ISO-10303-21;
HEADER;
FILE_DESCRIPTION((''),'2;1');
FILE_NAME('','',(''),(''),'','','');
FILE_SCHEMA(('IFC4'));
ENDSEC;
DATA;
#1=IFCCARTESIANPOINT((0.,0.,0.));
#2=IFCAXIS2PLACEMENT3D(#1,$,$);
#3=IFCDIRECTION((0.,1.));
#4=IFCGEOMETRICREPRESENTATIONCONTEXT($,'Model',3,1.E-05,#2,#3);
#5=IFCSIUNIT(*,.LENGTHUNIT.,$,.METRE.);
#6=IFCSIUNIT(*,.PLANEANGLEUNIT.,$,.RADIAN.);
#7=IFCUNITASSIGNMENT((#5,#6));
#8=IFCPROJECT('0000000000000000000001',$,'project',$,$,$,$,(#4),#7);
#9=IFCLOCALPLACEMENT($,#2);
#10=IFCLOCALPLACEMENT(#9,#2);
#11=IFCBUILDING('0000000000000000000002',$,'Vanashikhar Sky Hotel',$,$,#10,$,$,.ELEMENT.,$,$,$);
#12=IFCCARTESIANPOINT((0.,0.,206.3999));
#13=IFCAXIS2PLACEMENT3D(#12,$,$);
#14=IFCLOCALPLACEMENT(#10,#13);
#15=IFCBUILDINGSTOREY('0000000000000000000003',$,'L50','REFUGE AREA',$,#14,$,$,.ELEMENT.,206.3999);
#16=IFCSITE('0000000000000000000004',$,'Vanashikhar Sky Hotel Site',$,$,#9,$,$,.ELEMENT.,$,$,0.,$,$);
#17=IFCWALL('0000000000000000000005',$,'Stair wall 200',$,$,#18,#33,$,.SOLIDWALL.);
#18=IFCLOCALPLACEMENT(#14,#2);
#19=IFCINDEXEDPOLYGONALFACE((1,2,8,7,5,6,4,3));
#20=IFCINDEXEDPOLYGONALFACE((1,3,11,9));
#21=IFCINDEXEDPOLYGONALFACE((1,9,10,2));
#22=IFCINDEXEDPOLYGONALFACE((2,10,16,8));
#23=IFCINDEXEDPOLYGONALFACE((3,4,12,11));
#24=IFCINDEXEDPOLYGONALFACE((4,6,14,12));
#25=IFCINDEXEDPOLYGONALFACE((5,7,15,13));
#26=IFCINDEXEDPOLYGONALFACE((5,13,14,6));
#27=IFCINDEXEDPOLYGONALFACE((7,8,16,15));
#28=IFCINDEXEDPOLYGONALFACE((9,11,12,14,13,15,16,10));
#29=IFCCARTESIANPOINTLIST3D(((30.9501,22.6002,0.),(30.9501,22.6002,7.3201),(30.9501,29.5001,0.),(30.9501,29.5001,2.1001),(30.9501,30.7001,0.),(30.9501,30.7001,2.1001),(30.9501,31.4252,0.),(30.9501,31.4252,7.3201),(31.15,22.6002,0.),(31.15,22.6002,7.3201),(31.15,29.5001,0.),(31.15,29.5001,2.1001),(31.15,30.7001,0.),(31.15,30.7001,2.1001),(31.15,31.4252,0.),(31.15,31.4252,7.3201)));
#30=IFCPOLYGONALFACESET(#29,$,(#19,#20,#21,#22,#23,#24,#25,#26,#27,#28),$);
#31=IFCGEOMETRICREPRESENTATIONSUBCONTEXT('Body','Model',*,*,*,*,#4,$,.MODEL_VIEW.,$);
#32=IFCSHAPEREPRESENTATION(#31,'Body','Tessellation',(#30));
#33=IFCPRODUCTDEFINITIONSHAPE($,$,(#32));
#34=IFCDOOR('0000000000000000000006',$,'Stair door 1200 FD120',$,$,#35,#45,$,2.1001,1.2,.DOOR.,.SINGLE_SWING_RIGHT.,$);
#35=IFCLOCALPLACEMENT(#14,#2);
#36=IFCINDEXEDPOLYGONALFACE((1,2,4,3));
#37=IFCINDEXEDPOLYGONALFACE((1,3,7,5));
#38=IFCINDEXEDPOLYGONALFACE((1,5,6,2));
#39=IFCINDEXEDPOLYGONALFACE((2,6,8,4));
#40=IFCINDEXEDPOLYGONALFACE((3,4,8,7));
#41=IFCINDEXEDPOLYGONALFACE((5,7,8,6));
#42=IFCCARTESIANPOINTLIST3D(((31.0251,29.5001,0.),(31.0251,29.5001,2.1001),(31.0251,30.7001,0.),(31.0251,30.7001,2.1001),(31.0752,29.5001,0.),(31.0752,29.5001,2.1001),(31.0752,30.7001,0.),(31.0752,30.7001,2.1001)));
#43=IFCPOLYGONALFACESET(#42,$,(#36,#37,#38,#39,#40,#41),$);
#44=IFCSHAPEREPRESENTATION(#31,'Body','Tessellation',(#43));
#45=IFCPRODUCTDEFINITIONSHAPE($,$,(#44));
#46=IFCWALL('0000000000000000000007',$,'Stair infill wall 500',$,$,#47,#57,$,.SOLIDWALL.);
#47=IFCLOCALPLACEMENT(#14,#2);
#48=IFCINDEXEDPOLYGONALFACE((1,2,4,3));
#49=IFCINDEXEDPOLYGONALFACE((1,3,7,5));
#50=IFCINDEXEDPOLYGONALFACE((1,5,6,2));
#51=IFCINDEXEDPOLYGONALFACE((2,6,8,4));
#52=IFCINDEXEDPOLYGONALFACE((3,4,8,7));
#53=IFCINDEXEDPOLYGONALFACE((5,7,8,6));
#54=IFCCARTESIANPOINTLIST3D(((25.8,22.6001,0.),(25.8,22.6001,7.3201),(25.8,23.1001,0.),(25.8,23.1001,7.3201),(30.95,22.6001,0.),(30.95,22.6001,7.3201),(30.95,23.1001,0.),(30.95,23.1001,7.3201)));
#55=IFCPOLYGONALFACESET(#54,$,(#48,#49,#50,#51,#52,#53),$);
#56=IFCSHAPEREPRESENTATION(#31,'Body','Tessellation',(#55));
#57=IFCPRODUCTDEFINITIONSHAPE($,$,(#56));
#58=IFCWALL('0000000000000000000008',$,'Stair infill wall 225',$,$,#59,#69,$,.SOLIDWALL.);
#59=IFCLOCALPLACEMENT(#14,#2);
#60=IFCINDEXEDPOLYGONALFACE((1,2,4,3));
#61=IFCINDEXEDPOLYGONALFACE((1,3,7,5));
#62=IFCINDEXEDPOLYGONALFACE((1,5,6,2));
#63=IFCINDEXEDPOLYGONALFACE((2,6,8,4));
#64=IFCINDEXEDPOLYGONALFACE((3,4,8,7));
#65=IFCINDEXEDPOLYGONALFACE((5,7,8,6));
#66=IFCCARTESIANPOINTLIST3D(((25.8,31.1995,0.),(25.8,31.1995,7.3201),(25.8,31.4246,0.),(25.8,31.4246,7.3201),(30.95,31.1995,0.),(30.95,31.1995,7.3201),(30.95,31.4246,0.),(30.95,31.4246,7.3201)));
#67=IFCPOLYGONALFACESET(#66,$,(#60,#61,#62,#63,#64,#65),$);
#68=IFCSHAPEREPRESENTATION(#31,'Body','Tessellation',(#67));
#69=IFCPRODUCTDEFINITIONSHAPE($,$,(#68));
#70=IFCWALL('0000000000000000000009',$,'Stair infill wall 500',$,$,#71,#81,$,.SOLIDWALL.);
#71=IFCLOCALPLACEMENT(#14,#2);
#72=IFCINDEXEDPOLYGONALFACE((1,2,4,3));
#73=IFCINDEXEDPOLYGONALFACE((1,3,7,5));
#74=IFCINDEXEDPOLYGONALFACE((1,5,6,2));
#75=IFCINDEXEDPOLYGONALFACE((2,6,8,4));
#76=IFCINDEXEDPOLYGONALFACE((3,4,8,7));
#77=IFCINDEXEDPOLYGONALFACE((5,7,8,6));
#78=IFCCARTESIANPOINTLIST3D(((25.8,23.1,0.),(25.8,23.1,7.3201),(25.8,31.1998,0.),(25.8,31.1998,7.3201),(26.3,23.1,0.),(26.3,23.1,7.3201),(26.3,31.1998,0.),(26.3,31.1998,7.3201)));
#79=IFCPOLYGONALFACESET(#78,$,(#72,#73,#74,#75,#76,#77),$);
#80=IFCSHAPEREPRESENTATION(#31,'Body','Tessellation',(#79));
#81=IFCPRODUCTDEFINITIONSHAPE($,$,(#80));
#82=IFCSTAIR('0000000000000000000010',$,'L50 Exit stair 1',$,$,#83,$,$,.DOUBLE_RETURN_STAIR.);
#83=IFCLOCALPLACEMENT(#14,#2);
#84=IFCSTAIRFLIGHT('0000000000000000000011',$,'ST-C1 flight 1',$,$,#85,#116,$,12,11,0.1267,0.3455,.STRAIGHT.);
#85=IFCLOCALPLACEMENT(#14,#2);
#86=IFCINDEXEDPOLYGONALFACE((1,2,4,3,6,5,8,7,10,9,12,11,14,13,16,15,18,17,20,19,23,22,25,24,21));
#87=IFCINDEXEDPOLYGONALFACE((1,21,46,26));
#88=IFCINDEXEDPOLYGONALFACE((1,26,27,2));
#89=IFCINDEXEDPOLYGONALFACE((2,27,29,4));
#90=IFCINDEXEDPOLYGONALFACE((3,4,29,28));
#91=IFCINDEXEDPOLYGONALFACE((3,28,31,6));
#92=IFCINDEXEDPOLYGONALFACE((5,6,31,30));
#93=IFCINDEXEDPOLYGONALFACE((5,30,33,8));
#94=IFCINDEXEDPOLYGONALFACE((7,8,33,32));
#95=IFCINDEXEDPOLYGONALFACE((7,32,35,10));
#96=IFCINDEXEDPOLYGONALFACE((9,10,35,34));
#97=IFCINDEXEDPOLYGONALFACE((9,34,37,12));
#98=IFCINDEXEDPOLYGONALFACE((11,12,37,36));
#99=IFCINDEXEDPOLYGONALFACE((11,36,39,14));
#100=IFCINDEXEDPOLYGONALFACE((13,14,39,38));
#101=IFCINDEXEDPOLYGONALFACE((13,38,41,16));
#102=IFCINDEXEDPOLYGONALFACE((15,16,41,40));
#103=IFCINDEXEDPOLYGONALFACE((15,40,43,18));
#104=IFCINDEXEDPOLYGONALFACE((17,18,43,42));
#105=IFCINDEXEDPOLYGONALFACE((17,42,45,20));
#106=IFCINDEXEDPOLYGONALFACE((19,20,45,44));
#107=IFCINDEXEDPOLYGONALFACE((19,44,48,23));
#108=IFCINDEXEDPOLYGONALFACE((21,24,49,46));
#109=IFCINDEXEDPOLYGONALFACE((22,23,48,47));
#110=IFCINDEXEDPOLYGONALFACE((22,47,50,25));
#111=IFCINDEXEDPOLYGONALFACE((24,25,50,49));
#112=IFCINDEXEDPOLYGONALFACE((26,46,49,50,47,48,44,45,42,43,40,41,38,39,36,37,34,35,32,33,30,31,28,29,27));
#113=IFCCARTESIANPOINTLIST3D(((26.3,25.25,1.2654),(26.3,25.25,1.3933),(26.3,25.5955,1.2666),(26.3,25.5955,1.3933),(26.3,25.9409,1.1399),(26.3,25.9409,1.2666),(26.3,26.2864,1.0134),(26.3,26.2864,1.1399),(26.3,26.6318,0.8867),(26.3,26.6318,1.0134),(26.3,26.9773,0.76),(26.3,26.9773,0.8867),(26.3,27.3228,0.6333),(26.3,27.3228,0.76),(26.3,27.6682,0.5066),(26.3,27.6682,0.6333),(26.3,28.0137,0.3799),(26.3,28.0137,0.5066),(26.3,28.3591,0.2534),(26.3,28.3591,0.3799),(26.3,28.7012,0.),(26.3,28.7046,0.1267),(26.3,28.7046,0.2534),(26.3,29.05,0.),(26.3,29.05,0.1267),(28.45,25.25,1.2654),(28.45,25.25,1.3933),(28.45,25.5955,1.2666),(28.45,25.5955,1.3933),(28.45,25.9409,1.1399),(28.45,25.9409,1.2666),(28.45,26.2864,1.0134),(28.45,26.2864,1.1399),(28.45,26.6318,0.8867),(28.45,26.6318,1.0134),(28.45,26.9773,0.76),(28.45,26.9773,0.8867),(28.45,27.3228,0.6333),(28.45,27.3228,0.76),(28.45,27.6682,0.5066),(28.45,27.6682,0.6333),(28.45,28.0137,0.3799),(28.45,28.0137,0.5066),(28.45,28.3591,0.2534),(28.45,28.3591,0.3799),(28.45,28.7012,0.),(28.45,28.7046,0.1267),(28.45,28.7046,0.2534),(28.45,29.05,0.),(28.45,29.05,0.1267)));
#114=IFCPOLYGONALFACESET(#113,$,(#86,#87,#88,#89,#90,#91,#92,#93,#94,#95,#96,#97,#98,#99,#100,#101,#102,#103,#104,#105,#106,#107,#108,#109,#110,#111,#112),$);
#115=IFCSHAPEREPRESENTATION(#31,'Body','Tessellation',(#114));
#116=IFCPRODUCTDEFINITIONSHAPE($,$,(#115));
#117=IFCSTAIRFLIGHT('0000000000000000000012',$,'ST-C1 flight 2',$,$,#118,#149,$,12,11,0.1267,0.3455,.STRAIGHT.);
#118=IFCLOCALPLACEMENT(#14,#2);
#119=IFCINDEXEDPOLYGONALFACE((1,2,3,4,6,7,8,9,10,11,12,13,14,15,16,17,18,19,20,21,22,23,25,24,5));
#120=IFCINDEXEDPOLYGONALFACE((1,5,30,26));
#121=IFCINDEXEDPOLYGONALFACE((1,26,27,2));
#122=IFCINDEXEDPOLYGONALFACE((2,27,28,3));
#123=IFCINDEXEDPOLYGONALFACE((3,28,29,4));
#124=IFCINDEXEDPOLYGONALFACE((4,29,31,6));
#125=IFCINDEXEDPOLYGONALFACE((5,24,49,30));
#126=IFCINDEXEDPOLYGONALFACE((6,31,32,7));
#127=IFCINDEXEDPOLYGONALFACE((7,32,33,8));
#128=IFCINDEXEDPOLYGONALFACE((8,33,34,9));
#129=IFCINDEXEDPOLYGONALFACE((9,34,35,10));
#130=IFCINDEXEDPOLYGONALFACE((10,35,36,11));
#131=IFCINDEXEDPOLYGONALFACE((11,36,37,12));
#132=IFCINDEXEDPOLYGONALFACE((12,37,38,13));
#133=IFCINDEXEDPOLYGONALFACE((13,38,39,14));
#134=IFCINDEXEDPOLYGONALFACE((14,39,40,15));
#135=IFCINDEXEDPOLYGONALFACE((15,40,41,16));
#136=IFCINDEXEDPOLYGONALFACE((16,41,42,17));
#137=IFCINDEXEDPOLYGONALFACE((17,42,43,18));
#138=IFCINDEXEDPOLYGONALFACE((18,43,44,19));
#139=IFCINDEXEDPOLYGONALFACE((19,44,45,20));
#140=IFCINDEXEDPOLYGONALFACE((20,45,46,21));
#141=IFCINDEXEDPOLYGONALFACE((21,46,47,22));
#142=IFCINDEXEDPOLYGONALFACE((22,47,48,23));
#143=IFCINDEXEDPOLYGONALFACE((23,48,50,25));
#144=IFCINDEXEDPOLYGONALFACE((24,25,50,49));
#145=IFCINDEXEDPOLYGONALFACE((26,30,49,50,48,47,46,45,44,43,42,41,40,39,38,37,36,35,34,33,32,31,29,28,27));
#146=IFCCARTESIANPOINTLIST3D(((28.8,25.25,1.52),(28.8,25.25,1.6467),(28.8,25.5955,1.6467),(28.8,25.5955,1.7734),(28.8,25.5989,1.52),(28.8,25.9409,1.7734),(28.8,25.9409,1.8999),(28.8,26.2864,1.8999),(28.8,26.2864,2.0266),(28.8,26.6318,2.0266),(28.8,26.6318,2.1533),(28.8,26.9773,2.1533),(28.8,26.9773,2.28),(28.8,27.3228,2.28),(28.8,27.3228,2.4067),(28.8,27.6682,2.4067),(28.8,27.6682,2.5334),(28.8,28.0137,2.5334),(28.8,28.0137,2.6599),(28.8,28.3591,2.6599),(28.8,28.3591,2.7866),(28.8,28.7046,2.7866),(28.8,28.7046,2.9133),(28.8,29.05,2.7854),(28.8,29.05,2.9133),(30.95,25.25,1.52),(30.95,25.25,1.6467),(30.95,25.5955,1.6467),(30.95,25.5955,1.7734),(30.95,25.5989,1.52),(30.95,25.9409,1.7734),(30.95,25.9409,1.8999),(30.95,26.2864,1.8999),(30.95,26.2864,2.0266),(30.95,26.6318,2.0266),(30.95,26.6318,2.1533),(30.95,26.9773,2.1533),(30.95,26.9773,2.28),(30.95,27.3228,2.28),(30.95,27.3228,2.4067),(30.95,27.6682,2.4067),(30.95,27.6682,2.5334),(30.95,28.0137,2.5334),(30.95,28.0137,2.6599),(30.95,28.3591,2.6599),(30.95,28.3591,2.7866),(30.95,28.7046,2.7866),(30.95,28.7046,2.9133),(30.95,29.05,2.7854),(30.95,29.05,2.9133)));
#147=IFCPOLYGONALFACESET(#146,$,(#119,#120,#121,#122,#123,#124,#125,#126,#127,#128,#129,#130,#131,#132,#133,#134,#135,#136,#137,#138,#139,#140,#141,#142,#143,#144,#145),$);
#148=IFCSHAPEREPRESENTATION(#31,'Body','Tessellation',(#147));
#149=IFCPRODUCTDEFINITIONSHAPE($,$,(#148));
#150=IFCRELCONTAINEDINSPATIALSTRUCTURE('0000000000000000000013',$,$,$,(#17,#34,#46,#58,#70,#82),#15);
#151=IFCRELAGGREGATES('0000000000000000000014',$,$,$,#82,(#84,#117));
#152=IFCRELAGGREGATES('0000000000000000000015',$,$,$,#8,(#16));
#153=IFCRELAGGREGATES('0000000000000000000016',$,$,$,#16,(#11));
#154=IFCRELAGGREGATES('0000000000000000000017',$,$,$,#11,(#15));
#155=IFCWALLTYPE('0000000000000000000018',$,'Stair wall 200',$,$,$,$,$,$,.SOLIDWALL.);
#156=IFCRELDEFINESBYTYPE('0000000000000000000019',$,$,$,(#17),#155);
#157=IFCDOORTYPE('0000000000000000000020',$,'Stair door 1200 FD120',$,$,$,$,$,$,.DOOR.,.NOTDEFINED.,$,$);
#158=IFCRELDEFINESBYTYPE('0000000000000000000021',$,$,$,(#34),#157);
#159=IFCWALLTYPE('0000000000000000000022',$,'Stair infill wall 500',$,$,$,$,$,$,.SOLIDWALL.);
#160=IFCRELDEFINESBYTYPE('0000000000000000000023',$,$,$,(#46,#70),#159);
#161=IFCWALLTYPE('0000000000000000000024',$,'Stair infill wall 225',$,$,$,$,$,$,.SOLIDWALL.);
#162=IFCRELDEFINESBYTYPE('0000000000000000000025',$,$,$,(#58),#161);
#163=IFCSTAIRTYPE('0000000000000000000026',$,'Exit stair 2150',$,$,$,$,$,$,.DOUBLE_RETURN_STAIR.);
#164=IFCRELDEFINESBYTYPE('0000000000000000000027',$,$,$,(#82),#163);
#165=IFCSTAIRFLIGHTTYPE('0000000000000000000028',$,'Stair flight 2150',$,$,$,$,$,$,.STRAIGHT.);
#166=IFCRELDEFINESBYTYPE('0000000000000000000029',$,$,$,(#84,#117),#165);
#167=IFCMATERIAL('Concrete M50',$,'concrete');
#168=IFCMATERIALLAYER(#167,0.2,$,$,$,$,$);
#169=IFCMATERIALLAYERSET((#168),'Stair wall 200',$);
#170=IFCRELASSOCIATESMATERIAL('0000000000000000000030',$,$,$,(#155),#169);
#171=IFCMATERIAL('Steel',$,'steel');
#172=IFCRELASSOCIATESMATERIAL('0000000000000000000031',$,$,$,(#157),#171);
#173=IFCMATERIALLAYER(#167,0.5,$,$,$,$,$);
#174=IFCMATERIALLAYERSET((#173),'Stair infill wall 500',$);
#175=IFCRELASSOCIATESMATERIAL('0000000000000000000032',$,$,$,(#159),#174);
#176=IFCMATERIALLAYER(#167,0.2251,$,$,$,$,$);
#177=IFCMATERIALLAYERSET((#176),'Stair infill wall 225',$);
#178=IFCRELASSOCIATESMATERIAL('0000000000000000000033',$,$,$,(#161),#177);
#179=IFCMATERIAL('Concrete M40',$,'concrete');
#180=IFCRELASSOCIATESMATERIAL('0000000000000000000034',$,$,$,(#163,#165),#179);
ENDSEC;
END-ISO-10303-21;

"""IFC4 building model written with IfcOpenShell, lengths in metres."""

from ifc_helpers import new_model, si_unit, direction, frame, frame_2d, origin, place, context, subcontext, project, spatial, polyline, rectangle, outline, extrude, source, transform, mapped, material, layer, layer_set, type_object, element, fill, aggregate, save


model = new_model("IFC4")

# Units and contexts
model_context = context("Model", 3, precision=1e-05, world=origin(), true_north=direction((0.0, 1.0)))
body_context = subcontext(model_context, "Body", "Model", "MODEL_VIEW")
ifc_project = project(units=[si_unit("LENGTHUNIT", "METRE"), si_unit("PLANEANGLEUNIT", "RADIAN")], contexts=[model_context])

# Site, building, storey
site_placement = place(None, origin())
site = spatial("IfcSite", under=ifc_project, at=site_placement, Name="Vanashikhar Sky Hotel Site", CompositionType="ELEMENT", RefElevation=0.0)
building_placement = place(site_placement, origin())
building = spatial("IfcBuilding", under=site, at=building_placement, Name="Vanashikhar Sky Hotel", CompositionType="ELEMENT")
storey_placement = place(building_placement, frame((0.0, 0.0, 206.3999)))
storey = spatial("IfcBuildingStorey", under=building, at=storey_placement, Name="L50", Description="REFUGE AREA", CompositionType="ELEMENT", Elevation=206.3999)

# Shared definitions
ifc_material_1 = material(Name="Steel", Category="steel")

# Shared definitions
ifc_material_2 = material(Name="Concrete M40", Category="concrete")

# Wall, opening, door
ifc_material_3 = material(Name="Concrete M50", Category="concrete")
ifc_layer_1 = layer(ifc_material_3, 0.2)
ifc_layer_set_1 = layer_set([ifc_layer_1], Name="Stair wall 200")
wall_type_1 = type_object("IfcWallType", Name="Stair wall 200", PredefinedType="SOLIDWALL", material=ifc_layer_set_1)
shared_shape_1 = source(origin(), body_context, "Body", "SweptSolid", [
    extrude(rectangle(XDim=8.825, YDim=0.2, at=frame_2d((4.4126, 0.0))), origin(), (0.0, 0.0, 1.0), 7.3201),
])
wall_1_placement = place(storey_placement, frame((31.05, 22.6001, 0.0), z_axis=(0.0, 0.0, 1.0), x_axis=(0.0, 1.0, 0.0)))
wall_1 = element("IfcWall", 1, at=wall_1_placement, inside=storey, type_object=wall_type_1, Name="Stair wall 200", PredefinedType="SOLIDWALL", context=body_context, shape_type="MappedRepresentation", body=[
    mapped(shared_shape_1, transform((0.0, 0.0, 0.0), scale=1.0)),
])
shared_shape_2 = source(origin(), body_context, "Body", "SweptSolid", [
    extrude(rectangle(XDim=1.2, YDim=2.1001, at=frame_2d((0.6001, 1.05))), frame((0.0, 0.1099, 0.0), z_axis=(0.0, -1.0, 0.0), x_axis=(1.0, 0.0, 0.0)), (0.0, 0.0, 1.0), 0.22),
])
opening_1_placement = place(wall_1_placement, frame((6.8999, 0.0, 0.0)))
opening_1 = element("IfcOpeningElement", 2, at=opening_1_placement, cuts=wall_1, PredefinedType="OPENING", context=body_context, shape_type="MappedRepresentation", body=[
    mapped(shared_shape_2, transform((0.0, 0.0, 0.0), scale=1.0)),
])
door_type_1 = type_object("IfcDoorType", Name="Stair door 1200 FD120", OperationType="NOTDEFINED", PredefinedType="DOOR", material=ifc_material_1)
shared_shape_3 = source(origin(), body_context, "Body", "SweptSolid", [
    extrude(rectangle(XDim=1.2, YDim=2.1001, at=frame_2d((0.6001, 1.05))), frame((0.0, 0.0249, 0.0), z_axis=(0.0, -1.0, 0.0), x_axis=(1.0, 0.0, 0.0)), (0.0, 0.0, 1.0), 0.05),
])
door_1_placement = place(opening_1_placement, origin())
door_1 = element("IfcDoor", 3, at=door_1_placement, inside=storey, type_object=door_type_1, Name="Stair door 1200 FD120", OperationType="SINGLE_SWING_RIGHT", OverallHeight=2.1001, OverallWidth=1.2, PredefinedType="DOOR", context=body_context, shape_type="MappedRepresentation", body=[
    mapped(shared_shape_3, transform((0.0, 0.0, 0.0), scale=1.0)),
])
fill(opening_1, door_1)

# Walls
ifc_layer_2 = layer(ifc_material_3, 0.5)
ifc_layer_set_2 = layer_set([ifc_layer_2], Name="Stair infill wall 500")
wall_type_2 = type_object("IfcWallType", Name="Stair infill wall 500", PredefinedType="SOLIDWALL", material=ifc_layer_set_2)
shared_shape_4 = source(origin(), body_context, "Body", "SweptSolid", [
    extrude(rectangle(XDim=5.1499, YDim=0.5, at=frame_2d((2.575, 0.0))), origin(), (0.0, 0.0, 1.0), 7.3201),
])
wall_2_placement = place(storey_placement, frame((25.8, 22.8501, 0.0), z_axis=(0.0, 0.0, 1.0), x_axis=(1.0, 0.0, 0.0)))
element("IfcWall", 4, at=wall_2_placement, inside=storey, type_object=wall_type_2, Name="Stair infill wall 500", PredefinedType="SOLIDWALL", context=body_context, shape_type="MappedRepresentation", body=[
    mapped(shared_shape_4, transform((0.0, 0.0, 0.0), scale=1.0)),
])
ifc_layer_3 = layer(ifc_material_3, 0.2251)
ifc_layer_set_3 = layer_set([ifc_layer_3], Name="Stair infill wall 225")
wall_type_3 = type_object("IfcWallType", Name="Stair infill wall 225", PredefinedType="SOLIDWALL", material=ifc_layer_set_3)
shared_shape_5 = source(origin(), body_context, "Body", "SweptSolid", [
    extrude(rectangle(XDim=5.1499, YDim=0.2251, at=frame_2d((2.575, 0.0))), origin(), (0.0, 0.0, 1.0), 7.3201),
])
wall_3_placement = place(storey_placement, frame((25.8, 31.312, 0.0), z_axis=(0.0, 0.0, 1.0), x_axis=(1.0, 0.0, 0.0)))
element("IfcWall", 5, at=wall_3_placement, inside=storey, type_object=wall_type_3, Name="Stair infill wall 225", PredefinedType="SOLIDWALL", context=body_context, shape_type="MappedRepresentation", body=[
    mapped(shared_shape_5, transform((0.0, 0.0, 0.0), scale=1.0)),
])
shared_shape_6 = source(origin(), body_context, "Body", "SweptSolid", [
    extrude(rectangle(XDim=8.0999, YDim=0.5, at=frame_2d((4.0498, 0.0))), origin(), (0.0, 0.0, 1.0), 7.3201),
])
wall_4_placement = place(storey_placement, frame((26.05, 23.1001, 0.0), z_axis=(0.0, 0.0, 1.0), x_axis=(0.0, 1.0, 0.0)))
element("IfcWall", 6, at=wall_4_placement, inside=storey, type_object=wall_type_2, Name="Stair infill wall 500", PredefinedType="SOLIDWALL", context=body_context, shape_type="MappedRepresentation", body=[
    mapped(shared_shape_6, transform((0.0, 0.0, 0.0), scale=1.0)),
])

# Stair, stair flights
stair_type = type_object("IfcStairType", Name="Exit stair 2150", PredefinedType="DOUBLE_RETURN_STAIR", material=ifc_material_2)
stair_placement = place(storey_placement, origin())
stair = element("IfcStair", 7, at=stair_placement, inside=storey, type_object=stair_type, Name="L50 Exit stair 1", PredefinedType="DOUBLE_RETURN_STAIR")
stair_flight_type = type_object("IfcStairFlightType", Name="Stair flight 2150", PredefinedType="STRAIGHT", material=ifc_material_2)
shared_shape_7 = source(origin(), body_context, "Body", "SweptSolid", [
    extrude(outline(polyline([(0.0, 0.0), (0.0, 0.1267), (0.3455, 0.1267), (0.3455, 0.2534), (0.6909, 0.2534), (0.6909, 0.3799), (1.0364, 0.3799), (1.0364, 0.5066), (1.3818, 0.5066), (1.3818, 0.6333), (1.7273, 0.6333), (1.7273, 0.76), (2.0728, 0.76), (2.0728, 0.8867), (2.4182, 0.8867), (2.4182, 1.0134), (2.7637, 1.0134), (2.7637, 1.1399), (3.1091, 1.1399), (3.1091, 1.2666), (3.4546, 1.2666), (3.4546, 1.3933), (3.8, 1.3933), (3.8, 1.52), (3.8, 1.2654), (0.3489, 0.0), (0.0, 0.0)])), frame((0.0, 1.075, 0.0), z_axis=(0.0, -1.0, 0.0), x_axis=(1.0, 0.0, 0.0)), (0.0, 0.0, 1.0), 2.1499),
])
stair_flight_1_placement = place(storey_placement, frame((27.375, 29.05, 0.0), z_axis=(0.0, 0.0, 1.0), x_axis=(0.0, -1.0, 0.0)))
stair_flight_1 = element("IfcStairFlight", 8, at=stair_flight_1_placement, type_object=stair_flight_type, Name="ST-C1 flight 1", NumberOfRisers=12, NumberOfTreads=11, PredefinedType="STRAIGHT", RiserHeight=0.1267, TreadLength=0.3455, context=body_context, shape_type="MappedRepresentation", body=[
    mapped(shared_shape_7, transform((0.0, 0.0, 0.0), scale=1.0)),
])
stair_flight_2_placement = place(storey_placement, frame((29.875, 25.25, 1.52), z_axis=(0.0, 0.0, 1.0), x_axis=(0.0, 1.0, 0.0)))
stair_flight_2 = element("IfcStairFlight", 9, at=stair_flight_2_placement, type_object=stair_flight_type, Name="ST-C1 flight 2", NumberOfRisers=12, NumberOfTreads=11, PredefinedType="STRAIGHT", RiserHeight=0.1267, TreadLength=0.3455, context=body_context, shape_type="MappedRepresentation", body=[
    mapped(shared_shape_7, transform((0.0, 0.0, 0.0), scale=1.0)),
])
aggregate(stair, [stair_flight_1, stair_flight_2])

save(model, "model.ifc")
